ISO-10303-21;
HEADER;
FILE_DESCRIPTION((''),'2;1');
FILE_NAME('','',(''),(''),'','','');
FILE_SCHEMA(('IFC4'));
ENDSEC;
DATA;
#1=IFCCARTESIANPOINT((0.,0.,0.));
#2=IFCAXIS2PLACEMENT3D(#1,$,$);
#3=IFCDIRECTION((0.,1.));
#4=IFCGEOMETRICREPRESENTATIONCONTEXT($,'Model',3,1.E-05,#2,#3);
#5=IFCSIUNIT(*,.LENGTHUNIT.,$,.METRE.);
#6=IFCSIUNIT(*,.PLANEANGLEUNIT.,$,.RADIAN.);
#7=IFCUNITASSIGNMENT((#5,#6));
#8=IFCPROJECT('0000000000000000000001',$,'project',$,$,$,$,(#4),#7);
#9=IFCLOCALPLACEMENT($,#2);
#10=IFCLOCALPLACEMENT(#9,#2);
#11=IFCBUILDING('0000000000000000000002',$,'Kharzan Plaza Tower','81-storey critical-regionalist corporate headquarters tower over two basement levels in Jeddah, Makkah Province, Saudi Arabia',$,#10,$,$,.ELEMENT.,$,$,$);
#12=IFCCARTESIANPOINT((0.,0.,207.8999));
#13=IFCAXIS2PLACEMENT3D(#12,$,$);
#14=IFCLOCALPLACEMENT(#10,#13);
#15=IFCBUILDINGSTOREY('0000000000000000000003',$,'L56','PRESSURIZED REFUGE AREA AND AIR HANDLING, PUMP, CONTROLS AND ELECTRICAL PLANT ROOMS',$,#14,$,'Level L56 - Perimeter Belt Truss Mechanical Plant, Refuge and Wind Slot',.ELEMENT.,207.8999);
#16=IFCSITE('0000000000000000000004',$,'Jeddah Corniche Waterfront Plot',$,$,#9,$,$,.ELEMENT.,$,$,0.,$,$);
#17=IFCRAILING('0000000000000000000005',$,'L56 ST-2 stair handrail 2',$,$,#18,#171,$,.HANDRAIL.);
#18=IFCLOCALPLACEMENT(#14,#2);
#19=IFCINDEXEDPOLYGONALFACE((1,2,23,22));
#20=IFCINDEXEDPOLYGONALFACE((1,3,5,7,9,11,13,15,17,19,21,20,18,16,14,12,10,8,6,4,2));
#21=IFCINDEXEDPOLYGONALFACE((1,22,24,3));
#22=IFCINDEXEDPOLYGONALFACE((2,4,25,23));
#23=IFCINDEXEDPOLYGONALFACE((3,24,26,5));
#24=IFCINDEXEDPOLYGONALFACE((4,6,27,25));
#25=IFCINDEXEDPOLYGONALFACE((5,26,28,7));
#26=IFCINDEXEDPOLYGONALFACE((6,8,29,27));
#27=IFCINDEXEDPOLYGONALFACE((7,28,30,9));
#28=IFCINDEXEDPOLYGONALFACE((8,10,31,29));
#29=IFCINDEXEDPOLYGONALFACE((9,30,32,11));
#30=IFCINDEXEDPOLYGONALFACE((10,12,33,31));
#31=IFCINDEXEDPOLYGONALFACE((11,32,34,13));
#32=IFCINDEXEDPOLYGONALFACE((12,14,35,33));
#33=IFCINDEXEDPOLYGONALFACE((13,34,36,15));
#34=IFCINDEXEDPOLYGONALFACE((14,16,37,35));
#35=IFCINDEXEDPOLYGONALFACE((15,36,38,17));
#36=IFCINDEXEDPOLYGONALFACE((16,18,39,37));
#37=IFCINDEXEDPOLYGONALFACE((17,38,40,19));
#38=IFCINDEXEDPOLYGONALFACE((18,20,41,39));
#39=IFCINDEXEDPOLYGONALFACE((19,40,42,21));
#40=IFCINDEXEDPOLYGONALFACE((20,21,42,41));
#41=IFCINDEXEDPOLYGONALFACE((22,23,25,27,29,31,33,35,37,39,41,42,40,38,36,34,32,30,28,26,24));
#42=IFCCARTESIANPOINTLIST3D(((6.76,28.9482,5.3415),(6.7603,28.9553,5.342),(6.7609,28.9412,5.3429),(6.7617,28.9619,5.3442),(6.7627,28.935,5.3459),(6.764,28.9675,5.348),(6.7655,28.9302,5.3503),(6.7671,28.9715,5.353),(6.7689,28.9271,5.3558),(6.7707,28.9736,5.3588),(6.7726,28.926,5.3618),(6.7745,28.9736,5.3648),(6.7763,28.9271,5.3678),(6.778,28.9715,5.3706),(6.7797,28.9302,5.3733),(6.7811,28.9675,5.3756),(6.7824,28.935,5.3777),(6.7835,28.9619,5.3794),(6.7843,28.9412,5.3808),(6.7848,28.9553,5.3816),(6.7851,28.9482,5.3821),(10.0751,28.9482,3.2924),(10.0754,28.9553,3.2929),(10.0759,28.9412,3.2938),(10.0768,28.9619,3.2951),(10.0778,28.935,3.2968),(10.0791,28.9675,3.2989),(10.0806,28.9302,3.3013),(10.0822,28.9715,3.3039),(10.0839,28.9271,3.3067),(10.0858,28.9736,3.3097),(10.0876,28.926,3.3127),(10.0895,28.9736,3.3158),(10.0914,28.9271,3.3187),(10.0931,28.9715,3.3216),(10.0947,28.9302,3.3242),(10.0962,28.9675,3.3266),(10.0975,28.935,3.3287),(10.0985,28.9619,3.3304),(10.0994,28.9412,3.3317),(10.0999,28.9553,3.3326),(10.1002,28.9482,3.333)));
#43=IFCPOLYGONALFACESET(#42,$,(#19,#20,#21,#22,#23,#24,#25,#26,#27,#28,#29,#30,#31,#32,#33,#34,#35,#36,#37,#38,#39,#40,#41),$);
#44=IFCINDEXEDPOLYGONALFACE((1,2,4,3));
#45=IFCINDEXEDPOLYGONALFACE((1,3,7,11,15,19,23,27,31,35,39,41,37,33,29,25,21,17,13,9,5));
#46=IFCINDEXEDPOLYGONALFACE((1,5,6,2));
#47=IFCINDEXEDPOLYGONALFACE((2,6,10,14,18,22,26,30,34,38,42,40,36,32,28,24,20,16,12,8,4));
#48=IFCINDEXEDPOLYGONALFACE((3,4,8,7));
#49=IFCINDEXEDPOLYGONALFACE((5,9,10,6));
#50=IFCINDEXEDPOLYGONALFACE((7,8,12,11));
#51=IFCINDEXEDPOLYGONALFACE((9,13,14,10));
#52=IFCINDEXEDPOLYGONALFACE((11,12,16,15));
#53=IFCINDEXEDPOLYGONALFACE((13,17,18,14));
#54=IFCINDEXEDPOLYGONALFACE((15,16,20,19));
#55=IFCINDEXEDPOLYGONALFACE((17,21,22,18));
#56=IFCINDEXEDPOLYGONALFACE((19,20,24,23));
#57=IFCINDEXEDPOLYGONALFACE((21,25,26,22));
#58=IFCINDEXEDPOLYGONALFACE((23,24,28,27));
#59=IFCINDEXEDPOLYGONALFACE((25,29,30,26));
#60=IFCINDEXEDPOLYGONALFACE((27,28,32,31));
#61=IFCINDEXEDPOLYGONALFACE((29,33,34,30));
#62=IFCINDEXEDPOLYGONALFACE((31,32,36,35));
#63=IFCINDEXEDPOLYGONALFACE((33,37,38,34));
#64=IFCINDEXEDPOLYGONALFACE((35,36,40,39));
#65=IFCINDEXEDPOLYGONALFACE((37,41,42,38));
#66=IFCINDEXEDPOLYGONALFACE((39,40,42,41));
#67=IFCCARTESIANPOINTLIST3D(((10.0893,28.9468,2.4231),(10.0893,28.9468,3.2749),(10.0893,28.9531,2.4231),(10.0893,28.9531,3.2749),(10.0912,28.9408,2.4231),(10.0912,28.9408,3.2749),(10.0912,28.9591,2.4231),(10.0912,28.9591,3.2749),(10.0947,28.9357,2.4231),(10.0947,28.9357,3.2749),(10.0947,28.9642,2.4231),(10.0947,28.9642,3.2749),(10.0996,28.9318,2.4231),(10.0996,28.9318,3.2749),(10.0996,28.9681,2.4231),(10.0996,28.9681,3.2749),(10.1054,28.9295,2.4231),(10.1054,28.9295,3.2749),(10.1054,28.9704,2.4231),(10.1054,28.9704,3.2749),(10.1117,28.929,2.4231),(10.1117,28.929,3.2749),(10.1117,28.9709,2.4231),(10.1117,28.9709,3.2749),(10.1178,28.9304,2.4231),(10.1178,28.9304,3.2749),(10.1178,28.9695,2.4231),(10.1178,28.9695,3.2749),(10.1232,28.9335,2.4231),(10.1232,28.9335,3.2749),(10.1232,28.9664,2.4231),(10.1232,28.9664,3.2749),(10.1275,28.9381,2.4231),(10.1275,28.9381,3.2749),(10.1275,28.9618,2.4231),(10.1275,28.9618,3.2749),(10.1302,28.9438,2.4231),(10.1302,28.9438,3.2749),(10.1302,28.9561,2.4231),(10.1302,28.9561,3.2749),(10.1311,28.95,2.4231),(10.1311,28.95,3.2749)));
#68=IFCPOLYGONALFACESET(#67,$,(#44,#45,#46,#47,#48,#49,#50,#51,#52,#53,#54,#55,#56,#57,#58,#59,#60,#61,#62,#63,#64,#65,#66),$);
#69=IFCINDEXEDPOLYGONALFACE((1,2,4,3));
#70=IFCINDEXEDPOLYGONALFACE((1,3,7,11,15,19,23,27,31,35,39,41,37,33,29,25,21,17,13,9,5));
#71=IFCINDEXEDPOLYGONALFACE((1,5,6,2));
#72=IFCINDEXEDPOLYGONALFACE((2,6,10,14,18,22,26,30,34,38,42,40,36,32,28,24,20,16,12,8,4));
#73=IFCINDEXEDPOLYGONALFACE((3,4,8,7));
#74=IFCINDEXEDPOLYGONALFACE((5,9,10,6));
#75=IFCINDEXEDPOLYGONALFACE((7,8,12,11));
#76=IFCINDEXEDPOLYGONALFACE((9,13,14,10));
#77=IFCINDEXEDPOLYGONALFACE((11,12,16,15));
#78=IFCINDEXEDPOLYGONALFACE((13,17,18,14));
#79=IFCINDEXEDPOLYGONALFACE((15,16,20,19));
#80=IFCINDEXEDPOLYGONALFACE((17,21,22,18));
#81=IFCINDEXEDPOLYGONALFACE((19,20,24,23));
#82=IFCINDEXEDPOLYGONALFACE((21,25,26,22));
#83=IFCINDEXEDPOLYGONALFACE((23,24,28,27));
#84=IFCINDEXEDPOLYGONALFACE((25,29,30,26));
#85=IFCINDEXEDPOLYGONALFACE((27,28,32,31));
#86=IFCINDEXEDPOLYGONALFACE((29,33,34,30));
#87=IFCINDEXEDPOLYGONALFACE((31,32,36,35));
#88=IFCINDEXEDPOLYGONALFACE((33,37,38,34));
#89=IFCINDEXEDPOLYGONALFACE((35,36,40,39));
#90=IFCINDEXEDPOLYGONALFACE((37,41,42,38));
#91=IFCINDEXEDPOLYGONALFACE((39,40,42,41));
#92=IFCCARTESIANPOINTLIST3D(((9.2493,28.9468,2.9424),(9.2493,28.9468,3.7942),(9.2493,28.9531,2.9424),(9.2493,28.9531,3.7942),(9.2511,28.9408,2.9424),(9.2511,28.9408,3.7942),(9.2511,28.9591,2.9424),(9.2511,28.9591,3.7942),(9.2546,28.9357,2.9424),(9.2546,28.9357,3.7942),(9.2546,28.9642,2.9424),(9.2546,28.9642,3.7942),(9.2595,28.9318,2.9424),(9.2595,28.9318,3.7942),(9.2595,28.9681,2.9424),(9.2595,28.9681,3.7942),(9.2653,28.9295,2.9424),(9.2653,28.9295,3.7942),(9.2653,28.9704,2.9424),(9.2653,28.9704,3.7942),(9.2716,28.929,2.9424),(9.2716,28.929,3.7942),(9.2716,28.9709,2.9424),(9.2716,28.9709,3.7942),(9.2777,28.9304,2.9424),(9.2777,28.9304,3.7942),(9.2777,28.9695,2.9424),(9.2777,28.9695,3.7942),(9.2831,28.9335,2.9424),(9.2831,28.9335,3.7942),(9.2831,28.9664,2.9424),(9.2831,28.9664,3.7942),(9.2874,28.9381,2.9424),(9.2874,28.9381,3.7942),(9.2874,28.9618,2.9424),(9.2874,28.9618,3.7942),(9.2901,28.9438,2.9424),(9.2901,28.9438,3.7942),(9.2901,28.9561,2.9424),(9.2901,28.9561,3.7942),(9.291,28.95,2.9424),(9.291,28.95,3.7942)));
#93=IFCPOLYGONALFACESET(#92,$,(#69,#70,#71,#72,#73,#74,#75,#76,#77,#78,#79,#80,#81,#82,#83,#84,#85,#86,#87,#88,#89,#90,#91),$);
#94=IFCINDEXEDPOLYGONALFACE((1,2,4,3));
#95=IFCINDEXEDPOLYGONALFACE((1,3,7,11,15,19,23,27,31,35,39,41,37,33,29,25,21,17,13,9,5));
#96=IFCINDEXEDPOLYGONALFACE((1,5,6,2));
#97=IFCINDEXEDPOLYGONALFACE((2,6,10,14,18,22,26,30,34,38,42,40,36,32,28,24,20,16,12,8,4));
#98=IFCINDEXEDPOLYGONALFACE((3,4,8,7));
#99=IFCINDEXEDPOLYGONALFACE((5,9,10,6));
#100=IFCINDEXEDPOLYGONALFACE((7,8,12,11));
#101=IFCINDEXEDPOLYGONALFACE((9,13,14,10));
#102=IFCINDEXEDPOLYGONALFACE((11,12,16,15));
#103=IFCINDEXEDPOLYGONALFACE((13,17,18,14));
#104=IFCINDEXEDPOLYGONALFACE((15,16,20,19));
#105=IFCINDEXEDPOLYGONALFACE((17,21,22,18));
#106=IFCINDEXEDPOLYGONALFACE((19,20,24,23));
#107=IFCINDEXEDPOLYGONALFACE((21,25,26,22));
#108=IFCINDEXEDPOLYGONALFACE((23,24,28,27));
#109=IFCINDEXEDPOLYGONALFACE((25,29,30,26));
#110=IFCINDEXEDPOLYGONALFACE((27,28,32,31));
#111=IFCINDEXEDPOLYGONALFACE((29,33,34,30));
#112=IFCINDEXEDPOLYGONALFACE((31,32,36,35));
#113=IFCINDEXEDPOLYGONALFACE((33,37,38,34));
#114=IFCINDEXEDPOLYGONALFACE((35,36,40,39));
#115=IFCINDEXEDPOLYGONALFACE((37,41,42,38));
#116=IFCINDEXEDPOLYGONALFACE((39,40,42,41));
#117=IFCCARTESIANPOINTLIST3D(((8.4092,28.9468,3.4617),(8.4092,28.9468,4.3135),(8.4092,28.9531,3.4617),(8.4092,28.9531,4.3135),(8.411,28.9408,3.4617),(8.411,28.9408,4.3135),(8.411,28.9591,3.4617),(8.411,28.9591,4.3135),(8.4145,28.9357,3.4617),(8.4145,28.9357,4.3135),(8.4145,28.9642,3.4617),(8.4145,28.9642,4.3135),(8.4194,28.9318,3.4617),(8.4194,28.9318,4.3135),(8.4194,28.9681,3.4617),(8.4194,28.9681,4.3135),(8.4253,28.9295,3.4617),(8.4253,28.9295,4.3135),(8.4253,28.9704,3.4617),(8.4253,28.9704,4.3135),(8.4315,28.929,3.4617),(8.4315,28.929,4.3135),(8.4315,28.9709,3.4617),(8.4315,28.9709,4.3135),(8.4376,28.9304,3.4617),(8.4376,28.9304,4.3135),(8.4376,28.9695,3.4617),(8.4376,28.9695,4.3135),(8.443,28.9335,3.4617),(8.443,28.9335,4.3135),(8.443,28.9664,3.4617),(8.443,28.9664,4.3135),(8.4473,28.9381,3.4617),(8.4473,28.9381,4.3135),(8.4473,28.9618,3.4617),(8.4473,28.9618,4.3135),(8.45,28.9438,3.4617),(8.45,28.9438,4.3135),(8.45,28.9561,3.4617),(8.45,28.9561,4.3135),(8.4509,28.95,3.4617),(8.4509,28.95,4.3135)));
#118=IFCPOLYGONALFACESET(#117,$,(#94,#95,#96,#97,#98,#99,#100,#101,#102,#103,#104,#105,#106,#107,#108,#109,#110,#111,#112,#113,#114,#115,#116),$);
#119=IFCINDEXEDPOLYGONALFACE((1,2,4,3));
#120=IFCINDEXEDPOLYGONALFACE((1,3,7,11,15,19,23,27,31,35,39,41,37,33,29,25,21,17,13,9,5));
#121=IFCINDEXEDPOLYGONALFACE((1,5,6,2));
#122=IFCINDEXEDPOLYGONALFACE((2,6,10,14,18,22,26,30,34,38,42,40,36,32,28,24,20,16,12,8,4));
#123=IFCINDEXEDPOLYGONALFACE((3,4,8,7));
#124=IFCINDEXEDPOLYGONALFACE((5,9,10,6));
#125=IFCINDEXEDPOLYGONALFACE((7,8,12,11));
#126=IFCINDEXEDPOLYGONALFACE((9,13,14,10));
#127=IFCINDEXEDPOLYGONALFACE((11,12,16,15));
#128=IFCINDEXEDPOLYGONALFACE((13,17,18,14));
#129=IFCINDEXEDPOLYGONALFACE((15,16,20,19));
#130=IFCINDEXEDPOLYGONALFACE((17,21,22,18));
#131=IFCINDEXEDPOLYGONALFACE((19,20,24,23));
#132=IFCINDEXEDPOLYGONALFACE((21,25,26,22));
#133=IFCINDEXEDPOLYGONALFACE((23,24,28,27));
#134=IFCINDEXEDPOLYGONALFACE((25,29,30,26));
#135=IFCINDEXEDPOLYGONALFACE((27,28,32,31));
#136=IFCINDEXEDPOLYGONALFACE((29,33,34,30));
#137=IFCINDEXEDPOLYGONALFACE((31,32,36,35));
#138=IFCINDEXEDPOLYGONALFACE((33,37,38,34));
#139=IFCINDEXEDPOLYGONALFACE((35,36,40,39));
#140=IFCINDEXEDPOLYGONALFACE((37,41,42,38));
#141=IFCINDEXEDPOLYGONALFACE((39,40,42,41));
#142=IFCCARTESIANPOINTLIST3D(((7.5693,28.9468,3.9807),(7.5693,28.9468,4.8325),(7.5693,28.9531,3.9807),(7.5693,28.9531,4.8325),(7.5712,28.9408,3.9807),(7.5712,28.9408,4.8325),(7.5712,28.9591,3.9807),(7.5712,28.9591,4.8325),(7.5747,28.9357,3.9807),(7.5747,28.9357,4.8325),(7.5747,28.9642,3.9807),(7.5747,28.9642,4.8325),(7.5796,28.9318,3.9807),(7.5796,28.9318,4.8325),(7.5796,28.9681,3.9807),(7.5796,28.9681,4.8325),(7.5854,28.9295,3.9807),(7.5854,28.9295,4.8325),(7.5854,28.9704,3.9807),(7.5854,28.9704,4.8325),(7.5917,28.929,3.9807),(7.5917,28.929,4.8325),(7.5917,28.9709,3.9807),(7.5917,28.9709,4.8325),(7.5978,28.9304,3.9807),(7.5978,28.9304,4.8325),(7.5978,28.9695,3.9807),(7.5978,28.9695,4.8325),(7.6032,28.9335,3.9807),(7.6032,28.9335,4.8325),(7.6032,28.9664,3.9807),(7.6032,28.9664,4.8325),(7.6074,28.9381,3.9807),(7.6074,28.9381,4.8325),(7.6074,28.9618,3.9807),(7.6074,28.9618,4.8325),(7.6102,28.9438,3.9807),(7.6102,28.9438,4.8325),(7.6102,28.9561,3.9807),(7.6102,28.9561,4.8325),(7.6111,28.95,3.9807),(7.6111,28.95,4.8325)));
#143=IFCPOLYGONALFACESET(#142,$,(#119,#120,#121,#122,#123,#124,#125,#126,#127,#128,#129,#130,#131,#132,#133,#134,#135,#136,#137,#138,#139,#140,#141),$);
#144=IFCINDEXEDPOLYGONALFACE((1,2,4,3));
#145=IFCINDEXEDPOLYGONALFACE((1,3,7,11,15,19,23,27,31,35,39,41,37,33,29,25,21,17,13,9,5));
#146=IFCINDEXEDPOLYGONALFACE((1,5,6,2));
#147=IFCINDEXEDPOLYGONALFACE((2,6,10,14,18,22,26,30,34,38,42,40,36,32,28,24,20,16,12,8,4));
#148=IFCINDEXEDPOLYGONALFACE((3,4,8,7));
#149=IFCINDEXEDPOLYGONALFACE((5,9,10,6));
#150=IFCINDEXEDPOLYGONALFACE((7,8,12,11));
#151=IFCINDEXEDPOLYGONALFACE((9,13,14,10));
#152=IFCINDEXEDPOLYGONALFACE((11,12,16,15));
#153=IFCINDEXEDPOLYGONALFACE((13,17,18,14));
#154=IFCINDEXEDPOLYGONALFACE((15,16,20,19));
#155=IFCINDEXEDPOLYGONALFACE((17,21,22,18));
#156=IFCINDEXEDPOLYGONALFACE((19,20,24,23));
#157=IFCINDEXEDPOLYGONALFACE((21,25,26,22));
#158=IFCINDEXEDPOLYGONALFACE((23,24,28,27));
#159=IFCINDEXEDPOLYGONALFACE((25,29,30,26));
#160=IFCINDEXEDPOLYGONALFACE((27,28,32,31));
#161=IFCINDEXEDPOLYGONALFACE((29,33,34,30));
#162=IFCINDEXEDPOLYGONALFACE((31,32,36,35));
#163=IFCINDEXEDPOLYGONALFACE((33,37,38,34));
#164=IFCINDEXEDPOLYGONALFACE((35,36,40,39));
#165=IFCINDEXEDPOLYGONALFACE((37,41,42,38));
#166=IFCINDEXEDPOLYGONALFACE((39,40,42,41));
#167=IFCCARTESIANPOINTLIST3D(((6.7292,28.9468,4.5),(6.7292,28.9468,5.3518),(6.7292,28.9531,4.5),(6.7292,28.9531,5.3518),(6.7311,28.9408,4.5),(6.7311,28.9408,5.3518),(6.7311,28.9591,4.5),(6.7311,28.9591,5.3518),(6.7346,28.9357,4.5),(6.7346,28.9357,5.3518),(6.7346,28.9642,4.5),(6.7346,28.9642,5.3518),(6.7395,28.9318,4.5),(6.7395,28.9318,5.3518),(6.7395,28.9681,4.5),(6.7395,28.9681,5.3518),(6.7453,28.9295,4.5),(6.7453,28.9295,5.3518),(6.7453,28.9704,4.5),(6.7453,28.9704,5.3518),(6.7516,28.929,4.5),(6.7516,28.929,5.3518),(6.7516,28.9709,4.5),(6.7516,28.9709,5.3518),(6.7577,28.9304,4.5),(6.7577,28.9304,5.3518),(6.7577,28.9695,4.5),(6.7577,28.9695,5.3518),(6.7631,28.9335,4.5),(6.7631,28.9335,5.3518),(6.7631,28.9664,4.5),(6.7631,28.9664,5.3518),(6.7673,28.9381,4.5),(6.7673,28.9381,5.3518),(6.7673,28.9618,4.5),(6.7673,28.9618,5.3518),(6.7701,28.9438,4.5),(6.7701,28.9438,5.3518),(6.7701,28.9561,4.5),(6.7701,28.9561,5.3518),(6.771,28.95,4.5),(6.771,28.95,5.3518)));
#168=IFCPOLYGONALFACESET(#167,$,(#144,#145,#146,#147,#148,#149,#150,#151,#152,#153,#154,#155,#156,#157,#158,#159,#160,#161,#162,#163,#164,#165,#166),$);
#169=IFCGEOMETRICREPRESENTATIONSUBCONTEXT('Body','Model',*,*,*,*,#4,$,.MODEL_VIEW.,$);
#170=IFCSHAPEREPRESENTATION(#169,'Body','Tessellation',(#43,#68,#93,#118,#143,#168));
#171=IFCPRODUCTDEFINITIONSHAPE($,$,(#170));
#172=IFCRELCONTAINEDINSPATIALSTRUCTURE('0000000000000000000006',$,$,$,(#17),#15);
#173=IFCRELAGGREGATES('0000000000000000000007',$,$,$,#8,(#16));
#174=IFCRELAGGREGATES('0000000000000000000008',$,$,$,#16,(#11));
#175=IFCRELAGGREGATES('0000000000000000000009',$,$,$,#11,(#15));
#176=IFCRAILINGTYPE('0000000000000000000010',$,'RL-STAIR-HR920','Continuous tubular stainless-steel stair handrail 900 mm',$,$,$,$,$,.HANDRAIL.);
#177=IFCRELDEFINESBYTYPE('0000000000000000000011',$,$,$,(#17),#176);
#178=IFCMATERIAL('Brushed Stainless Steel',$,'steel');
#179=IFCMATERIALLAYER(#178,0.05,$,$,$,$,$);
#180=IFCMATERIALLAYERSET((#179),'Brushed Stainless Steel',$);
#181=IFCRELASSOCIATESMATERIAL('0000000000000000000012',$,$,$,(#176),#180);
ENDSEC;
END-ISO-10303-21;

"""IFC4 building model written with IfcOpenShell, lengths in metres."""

from ifc_helpers import new_model, si_unit, direction, frame, origin, origin_2d, place, context, subcontext, project, spatial, circle, extrude, source, transform, mapped, material, layer, layer_set, type_object, element, save


model = new_model("IFC4")

# Units and contexts
model_context = context("Model", 3, precision=1e-05, world=origin(), true_north=direction((0.0, 1.0)))
body_context = subcontext(model_context, "Body", "Model", "MODEL_VIEW")
ifc_project = project(units=[si_unit("LENGTHUNIT", "METRE"), si_unit("PLANEANGLEUNIT", "RADIAN")], contexts=[model_context])

# Site, building, storey
site_placement = place(None, origin())
site = spatial("IfcSite", under=ifc_project, at=site_placement, Name="Jeddah Corniche Waterfront Plot", CompositionType="ELEMENT", RefElevation=0.0)
building_placement = place(site_placement, origin())
building = spatial("IfcBuilding", under=site, at=building_placement, Name="Kharzan Plaza Tower", Description="81-storey critical-regionalist corporate headquarters tower over two basement levels in Jeddah, Makkah Province, Saudi Arabia", CompositionType="ELEMENT")
storey_placement = place(building_placement, frame((0.0, 0.0, 207.8999)))
storey = spatial("IfcBuildingStorey", under=building, at=storey_placement, Name="L56", Description="PRESSURIZED REFUGE AREA AND AIR HANDLING, PUMP, CONTROLS AND ELECTRICAL PLANT ROOMS", LongName="Level L56 - Perimeter Belt Truss Mechanical Plant, Refuge and Wind Slot", CompositionType="ELEMENT", Elevation=207.8999)

# Railing
ifc_material_1 = material(Name="Brushed Stainless Steel", Category="steel")
ifc_layer_1 = layer(ifc_material_1, 0.05)
ifc_layer_set_1 = layer_set([ifc_layer_1], Name="Brushed Stainless Steel")
railing_type_1 = type_object("IfcRailingType", Name="RL-STAIR-HR920", Description="Continuous tubular stainless-steel stair handrail 900 mm", PredefinedType="HANDRAIL", material=ifc_layer_set_1)
shared_shape_1 = source(origin(), body_context, "Body", "SweptSolid", [
    extrude(circle(Radius=0.0239, at=origin_2d()), frame((-0.0225, 0.0, 0.8896), z_axis=(-0.850623, 0.0, 0.525776), x_axis=(0.0, -1.0, 0.0)), (0.0, 0.0, 1.0), 3.8972),
    extrude(circle(Radius=0.021, at=origin_2d()), origin(), (0.0, 0.0, 1.0), 0.8518),
    extrude(circle(Radius=0.021, at=origin_2d()), frame((-0.8401, 0.0, 0.5193)), (0.0, 0.0, 1.0), 0.8518),
    extrude(circle(Radius=0.021, at=origin_2d()), frame((-1.6802, 0.0, 1.0386)), (0.0, 0.0, 1.0), 0.8518),
    extrude(circle(Radius=0.021, at=origin_2d()), frame((-2.52, 0.0, 1.5576)), (0.0, 0.0, 1.0), 0.8518),
    extrude(circle(Radius=0.021, at=origin_2d()), frame((-3.3601, 0.0, 2.0769)), (0.0, 0.0, 1.0), 0.8518),
])
railing_1_placement = place(storey_placement, frame((10.1101, 28.95, 2.4231)))
element("IfcRailing", 1, at=railing_1_placement, inside=storey, type_object=railing_type_1, Name="L56 ST-2 stair handrail 2", PredefinedType="HANDRAIL", context=body_context, shape_type="MappedRepresentation", body=[
    mapped(shared_shape_1, transform((0.0, 0.0, 0.0), x_axis=(1.0, 0.0, 0.0), y_axis=(0.0, 1.0, 0.0), z_axis=(0.0, 0.0, 1.0))),
])

save(model, "model.ifc")
